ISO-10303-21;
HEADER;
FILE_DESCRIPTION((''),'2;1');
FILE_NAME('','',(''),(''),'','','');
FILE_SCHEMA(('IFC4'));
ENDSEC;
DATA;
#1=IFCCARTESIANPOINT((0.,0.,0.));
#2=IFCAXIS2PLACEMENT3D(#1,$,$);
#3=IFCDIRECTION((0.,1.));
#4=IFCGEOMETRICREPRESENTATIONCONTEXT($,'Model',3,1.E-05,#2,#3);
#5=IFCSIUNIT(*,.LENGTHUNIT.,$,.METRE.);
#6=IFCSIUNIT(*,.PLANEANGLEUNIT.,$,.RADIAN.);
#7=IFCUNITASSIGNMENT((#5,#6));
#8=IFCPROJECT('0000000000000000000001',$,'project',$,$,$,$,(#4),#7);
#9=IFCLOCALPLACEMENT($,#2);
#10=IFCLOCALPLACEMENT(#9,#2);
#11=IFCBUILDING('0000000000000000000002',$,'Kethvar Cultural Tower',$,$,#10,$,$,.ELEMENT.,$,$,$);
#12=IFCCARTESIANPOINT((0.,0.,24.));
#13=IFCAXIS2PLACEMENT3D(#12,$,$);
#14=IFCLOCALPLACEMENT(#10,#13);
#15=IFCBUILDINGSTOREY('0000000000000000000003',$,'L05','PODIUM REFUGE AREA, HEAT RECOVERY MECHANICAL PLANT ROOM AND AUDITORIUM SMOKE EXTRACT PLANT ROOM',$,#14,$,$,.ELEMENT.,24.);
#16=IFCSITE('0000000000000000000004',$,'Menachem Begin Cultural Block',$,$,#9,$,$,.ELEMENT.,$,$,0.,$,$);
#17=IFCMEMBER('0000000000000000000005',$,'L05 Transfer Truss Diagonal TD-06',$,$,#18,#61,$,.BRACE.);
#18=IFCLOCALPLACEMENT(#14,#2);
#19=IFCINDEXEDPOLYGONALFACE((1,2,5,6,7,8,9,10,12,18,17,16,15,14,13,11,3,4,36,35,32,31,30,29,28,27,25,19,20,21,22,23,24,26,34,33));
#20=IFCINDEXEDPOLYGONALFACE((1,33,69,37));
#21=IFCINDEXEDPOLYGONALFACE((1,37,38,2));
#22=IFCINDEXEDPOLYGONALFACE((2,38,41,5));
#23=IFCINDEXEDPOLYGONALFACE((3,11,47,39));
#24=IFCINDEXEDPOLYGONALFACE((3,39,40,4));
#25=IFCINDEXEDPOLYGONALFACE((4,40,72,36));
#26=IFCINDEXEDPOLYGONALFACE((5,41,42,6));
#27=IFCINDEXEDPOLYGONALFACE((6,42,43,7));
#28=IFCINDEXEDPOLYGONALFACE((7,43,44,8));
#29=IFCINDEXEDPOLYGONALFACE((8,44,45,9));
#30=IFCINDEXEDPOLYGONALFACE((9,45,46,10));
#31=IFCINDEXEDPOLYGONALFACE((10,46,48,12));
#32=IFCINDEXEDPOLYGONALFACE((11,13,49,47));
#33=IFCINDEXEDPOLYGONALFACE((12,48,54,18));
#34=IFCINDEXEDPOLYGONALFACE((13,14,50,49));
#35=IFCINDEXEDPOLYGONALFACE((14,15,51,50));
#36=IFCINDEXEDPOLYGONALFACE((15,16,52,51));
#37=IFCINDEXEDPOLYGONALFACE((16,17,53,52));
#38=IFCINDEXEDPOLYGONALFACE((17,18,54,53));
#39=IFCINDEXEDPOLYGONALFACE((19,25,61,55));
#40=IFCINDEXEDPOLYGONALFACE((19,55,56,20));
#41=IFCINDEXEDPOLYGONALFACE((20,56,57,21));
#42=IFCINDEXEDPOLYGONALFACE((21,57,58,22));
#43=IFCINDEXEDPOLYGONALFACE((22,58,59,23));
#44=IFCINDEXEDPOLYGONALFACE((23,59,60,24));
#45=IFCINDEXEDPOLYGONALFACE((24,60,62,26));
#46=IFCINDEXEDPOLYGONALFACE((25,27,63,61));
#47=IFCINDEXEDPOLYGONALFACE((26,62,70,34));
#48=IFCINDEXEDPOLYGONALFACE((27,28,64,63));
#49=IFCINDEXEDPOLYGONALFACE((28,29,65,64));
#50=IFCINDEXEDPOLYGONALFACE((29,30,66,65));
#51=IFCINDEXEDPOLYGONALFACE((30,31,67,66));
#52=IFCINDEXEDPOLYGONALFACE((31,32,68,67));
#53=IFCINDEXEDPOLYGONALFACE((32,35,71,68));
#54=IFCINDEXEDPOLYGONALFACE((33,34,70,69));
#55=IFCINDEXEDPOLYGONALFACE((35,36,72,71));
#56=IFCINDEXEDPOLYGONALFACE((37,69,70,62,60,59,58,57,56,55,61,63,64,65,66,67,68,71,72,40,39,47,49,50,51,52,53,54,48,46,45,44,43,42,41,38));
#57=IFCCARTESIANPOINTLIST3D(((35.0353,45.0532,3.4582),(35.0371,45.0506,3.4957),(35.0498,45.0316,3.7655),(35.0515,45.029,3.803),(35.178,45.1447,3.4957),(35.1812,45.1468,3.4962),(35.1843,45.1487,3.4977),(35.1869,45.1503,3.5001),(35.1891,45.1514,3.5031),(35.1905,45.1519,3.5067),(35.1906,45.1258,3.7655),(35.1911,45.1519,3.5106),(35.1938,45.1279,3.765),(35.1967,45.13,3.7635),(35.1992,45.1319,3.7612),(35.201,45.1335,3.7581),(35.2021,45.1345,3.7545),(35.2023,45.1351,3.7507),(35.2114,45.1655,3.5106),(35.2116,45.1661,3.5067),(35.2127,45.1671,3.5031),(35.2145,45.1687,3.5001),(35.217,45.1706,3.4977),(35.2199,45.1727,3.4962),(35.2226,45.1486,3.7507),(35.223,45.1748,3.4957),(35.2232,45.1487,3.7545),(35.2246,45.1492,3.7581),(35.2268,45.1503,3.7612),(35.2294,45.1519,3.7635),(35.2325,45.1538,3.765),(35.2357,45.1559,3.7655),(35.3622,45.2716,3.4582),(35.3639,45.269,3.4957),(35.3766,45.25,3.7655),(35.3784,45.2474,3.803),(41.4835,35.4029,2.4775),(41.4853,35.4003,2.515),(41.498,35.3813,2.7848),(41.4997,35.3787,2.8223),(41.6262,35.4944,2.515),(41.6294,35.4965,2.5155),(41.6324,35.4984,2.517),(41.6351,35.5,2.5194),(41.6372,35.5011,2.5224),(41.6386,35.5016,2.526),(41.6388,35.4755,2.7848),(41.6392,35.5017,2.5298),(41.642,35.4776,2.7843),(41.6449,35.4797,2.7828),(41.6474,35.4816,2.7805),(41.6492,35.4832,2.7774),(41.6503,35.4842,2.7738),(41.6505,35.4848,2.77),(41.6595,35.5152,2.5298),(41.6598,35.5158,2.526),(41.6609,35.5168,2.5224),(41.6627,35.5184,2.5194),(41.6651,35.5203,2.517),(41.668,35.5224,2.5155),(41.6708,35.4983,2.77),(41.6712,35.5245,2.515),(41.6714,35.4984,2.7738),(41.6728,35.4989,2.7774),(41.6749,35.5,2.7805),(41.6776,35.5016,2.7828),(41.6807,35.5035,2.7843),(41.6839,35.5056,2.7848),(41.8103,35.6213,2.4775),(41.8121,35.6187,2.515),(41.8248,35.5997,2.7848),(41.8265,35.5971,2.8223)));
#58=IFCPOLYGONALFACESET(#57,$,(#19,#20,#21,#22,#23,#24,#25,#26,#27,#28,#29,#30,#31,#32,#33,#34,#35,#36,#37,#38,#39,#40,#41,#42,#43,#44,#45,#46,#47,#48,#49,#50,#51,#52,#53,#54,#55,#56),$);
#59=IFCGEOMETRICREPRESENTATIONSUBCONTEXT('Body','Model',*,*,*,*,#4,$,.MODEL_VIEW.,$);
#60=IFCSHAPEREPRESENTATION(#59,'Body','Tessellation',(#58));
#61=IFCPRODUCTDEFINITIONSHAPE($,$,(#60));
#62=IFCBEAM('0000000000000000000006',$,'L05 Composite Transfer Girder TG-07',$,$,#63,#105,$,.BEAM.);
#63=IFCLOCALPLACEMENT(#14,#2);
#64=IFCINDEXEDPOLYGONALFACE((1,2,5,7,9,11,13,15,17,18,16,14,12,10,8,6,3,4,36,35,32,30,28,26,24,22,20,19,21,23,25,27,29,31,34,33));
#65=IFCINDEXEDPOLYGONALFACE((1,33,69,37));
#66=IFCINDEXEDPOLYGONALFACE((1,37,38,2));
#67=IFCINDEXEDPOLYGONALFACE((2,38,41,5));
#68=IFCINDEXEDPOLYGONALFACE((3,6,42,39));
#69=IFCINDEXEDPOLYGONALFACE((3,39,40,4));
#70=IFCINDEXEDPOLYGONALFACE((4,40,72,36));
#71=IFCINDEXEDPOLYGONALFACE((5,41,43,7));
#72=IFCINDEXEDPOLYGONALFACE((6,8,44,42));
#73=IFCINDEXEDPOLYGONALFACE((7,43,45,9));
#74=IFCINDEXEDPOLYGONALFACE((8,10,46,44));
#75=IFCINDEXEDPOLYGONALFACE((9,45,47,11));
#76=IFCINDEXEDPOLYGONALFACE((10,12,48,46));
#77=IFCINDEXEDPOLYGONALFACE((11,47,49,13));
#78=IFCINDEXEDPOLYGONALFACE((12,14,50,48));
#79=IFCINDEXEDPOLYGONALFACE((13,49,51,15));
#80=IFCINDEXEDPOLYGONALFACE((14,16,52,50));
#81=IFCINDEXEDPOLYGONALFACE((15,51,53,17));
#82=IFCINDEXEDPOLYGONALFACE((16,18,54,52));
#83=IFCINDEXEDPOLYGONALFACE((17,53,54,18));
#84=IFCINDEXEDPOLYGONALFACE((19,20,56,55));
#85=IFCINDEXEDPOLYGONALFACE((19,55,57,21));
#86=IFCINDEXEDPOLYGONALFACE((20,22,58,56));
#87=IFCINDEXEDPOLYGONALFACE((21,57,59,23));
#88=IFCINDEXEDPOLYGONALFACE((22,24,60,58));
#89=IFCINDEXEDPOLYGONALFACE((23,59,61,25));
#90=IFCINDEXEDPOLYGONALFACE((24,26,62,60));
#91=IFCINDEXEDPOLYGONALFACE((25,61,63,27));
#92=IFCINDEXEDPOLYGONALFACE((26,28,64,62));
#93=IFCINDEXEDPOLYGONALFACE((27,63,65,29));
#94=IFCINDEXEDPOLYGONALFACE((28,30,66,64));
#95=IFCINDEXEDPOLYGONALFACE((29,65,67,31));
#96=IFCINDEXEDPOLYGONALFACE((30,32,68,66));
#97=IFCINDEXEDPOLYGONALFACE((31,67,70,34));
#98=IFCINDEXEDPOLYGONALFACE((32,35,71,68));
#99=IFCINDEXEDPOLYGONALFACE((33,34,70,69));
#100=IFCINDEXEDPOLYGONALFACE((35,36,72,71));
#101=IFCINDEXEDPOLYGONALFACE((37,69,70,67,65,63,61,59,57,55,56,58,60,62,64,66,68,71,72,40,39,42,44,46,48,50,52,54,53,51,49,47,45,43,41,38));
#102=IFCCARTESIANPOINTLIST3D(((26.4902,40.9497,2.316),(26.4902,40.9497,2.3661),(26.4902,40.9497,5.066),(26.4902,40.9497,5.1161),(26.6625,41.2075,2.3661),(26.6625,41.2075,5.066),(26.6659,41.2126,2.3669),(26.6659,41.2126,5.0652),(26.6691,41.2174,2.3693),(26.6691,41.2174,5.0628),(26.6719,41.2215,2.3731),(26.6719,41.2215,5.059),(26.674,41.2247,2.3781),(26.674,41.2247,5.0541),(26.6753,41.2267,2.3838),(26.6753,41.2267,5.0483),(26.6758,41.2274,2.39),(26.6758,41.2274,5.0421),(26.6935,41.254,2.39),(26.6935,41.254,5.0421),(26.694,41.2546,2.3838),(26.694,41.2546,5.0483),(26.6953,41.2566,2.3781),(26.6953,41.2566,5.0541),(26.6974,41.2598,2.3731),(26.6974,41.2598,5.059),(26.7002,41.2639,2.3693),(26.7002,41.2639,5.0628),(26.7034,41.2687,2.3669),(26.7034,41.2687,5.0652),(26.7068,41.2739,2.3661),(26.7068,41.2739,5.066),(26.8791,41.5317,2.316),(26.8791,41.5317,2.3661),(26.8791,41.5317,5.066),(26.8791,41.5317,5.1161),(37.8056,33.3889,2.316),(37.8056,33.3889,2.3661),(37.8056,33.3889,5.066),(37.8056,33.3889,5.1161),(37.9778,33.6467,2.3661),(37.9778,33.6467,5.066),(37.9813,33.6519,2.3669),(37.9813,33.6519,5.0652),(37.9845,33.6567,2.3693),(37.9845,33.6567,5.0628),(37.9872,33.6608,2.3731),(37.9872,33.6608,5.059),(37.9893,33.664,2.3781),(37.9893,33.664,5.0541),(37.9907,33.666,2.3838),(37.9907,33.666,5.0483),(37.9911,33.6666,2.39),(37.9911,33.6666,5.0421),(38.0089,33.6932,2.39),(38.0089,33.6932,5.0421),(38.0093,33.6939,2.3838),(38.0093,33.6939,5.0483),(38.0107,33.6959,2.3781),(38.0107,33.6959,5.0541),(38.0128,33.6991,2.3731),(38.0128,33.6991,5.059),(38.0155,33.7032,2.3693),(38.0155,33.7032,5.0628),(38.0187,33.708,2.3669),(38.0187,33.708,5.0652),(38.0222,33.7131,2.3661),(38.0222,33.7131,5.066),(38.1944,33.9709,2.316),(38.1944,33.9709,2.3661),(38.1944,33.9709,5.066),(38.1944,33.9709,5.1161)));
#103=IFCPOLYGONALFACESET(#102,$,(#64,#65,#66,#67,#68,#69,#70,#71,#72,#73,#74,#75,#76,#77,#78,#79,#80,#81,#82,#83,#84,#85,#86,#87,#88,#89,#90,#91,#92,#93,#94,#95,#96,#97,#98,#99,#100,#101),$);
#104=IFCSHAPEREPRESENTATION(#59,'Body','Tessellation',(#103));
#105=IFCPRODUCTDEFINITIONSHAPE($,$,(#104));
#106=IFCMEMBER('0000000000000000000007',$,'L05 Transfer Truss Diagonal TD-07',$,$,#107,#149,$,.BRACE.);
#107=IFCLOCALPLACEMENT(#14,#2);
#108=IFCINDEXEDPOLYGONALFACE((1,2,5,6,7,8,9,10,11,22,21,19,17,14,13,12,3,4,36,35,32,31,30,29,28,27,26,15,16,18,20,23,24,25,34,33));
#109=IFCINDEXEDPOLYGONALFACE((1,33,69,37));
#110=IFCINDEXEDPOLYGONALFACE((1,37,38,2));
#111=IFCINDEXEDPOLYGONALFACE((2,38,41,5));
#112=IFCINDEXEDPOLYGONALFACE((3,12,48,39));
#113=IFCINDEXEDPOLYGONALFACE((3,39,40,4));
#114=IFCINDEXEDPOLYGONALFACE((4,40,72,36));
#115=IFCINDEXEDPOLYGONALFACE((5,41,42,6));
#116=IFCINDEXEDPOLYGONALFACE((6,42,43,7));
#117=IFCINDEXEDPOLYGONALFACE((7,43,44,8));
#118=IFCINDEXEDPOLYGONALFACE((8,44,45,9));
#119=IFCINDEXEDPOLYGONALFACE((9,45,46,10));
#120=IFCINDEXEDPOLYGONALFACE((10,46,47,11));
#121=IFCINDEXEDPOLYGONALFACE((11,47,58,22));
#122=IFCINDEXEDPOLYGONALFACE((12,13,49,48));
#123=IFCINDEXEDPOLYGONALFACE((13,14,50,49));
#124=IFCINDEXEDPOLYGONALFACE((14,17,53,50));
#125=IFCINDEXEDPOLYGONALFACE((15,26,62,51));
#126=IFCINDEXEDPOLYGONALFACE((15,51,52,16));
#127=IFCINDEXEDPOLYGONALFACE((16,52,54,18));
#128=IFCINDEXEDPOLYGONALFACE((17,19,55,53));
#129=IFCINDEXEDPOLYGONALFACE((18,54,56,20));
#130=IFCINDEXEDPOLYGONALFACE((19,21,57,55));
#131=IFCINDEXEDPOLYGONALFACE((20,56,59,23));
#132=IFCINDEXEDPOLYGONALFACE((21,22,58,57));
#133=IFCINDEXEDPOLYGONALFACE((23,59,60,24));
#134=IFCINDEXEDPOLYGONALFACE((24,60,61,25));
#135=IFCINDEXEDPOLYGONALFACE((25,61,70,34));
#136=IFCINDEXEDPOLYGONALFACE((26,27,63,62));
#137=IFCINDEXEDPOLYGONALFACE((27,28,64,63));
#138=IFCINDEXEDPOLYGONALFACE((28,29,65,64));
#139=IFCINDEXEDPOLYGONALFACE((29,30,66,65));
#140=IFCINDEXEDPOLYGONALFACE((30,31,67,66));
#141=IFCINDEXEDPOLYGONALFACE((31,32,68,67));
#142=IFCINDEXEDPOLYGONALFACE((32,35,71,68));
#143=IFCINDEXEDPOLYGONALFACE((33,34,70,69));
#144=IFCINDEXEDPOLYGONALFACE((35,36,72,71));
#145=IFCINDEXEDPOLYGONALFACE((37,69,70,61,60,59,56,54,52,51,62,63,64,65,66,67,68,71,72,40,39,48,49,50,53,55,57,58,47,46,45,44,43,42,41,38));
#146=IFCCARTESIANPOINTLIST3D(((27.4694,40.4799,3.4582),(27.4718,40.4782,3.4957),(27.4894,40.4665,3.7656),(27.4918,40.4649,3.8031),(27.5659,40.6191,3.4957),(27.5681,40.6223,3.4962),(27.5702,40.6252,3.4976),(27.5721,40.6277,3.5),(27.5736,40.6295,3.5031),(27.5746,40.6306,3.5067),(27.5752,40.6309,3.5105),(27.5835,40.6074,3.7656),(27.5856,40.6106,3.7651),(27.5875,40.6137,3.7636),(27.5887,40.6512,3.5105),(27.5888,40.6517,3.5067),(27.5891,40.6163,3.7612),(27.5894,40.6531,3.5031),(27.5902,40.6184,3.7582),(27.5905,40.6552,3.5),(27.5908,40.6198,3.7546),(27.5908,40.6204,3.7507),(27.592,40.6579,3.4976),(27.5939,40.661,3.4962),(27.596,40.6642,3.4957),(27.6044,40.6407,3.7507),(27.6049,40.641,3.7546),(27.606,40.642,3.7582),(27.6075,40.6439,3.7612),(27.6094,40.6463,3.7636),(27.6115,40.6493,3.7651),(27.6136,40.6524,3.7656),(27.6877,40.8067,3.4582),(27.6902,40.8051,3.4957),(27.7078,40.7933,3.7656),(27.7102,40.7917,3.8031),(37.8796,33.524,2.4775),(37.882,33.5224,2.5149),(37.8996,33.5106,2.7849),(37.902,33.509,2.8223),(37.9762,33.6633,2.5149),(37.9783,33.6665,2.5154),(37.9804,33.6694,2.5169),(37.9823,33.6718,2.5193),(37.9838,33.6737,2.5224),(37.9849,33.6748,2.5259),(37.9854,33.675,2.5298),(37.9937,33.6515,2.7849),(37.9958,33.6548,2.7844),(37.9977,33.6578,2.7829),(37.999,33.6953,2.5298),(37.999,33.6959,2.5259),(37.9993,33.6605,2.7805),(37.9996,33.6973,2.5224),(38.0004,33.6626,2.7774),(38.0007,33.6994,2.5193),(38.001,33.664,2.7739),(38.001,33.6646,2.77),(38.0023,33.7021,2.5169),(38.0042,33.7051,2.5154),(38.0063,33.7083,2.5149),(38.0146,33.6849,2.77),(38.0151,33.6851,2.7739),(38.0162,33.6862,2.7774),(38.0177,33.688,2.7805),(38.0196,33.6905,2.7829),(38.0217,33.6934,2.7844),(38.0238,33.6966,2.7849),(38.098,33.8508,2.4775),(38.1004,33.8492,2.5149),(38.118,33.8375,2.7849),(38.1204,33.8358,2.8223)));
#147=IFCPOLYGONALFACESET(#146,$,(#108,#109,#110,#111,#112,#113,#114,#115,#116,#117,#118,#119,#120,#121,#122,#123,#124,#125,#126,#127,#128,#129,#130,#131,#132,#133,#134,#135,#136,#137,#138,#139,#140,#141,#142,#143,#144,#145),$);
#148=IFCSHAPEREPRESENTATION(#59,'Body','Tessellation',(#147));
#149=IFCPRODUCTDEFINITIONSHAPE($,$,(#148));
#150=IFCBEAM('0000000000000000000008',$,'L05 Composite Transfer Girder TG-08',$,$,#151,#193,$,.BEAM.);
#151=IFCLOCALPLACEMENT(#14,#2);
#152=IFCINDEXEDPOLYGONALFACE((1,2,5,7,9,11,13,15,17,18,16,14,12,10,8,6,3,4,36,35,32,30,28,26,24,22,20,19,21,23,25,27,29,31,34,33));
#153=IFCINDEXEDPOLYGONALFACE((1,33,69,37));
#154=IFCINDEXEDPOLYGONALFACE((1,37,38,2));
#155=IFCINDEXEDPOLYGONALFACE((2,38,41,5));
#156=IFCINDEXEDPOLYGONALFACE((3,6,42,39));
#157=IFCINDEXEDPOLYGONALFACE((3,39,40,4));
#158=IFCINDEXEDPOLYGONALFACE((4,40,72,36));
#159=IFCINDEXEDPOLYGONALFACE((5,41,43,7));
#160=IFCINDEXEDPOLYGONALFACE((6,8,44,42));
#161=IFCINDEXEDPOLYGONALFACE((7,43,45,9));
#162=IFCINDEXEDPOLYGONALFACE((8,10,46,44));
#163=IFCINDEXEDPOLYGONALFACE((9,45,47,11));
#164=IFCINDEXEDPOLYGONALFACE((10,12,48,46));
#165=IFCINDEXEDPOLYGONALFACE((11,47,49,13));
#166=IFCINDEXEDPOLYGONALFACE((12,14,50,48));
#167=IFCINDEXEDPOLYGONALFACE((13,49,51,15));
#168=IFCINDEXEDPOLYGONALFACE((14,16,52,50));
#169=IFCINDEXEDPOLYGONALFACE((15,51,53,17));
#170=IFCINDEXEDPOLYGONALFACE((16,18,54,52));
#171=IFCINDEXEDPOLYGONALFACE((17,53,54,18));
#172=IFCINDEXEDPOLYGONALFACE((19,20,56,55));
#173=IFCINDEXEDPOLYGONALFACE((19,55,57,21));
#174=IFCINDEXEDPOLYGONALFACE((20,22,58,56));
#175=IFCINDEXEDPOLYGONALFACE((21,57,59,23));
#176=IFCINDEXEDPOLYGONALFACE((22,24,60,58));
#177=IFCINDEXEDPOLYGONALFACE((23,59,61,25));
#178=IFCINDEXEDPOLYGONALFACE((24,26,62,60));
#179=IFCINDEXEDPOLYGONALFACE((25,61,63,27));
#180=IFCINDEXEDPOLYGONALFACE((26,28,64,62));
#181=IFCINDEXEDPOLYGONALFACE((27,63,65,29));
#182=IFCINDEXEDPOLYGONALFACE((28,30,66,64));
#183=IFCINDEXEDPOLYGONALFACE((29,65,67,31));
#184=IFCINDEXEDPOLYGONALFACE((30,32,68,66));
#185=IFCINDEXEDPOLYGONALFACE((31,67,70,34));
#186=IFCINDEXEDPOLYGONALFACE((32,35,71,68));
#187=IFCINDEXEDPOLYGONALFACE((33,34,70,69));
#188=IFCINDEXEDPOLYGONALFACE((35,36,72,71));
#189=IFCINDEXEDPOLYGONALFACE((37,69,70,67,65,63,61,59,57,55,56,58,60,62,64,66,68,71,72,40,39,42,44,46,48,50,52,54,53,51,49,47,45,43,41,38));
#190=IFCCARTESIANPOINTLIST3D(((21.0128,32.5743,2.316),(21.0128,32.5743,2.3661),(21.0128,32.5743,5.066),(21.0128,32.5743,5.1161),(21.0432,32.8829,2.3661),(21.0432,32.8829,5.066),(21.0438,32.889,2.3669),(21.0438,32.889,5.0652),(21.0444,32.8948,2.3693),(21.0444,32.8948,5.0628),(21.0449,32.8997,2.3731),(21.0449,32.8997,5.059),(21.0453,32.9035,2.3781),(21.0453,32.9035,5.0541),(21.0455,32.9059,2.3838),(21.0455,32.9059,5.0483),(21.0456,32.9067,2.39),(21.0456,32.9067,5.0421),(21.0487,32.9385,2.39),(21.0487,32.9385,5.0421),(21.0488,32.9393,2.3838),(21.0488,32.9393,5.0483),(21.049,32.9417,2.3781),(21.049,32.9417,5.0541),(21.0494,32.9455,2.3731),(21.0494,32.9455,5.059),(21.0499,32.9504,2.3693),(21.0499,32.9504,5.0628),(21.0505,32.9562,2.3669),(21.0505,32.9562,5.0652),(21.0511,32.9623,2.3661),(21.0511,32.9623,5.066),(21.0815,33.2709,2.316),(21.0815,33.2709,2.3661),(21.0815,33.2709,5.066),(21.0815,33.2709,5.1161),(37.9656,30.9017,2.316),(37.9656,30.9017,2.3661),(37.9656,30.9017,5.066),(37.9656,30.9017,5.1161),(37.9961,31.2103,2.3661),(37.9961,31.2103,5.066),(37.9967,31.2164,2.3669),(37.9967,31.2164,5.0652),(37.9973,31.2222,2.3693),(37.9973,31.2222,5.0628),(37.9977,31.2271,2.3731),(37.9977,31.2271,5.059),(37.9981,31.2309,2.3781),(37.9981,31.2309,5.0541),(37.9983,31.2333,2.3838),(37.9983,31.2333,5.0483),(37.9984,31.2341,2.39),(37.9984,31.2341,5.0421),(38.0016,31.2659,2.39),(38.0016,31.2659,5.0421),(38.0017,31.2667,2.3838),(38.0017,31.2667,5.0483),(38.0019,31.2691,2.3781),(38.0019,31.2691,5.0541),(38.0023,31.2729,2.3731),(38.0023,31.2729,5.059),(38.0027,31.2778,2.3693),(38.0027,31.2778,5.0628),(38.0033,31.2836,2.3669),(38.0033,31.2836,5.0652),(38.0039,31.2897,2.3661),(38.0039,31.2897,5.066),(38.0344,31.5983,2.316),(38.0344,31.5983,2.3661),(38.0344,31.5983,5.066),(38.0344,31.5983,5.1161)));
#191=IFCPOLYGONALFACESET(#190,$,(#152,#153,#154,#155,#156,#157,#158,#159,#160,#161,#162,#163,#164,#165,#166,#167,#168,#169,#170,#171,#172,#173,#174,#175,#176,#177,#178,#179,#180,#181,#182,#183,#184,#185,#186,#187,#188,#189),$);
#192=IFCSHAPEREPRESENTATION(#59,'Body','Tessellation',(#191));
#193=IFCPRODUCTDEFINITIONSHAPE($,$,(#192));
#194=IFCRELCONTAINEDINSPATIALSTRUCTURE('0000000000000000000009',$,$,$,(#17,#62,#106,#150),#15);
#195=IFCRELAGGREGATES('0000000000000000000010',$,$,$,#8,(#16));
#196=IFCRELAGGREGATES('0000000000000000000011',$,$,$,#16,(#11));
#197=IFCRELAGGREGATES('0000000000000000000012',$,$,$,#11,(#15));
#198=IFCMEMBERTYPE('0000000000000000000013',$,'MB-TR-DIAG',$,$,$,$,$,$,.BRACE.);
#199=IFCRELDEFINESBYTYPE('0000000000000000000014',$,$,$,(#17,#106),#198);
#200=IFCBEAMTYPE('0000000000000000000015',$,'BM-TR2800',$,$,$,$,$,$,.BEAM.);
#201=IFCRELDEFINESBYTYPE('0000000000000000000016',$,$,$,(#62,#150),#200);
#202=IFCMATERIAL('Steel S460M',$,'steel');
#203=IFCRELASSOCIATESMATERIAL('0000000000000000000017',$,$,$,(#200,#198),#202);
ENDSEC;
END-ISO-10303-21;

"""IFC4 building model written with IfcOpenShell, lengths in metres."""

from ifc_helpers import new_model, si_unit, direction, frame, origin, origin_2d, place, context, subcontext, project, spatial, i_section, extrude, source, transform, mapped, material, material_profile, profile_set, type_object, element, save


model = new_model("IFC4")

# Units and contexts
model_context = context("Model", 3, precision=1e-05, world=origin(), true_north=direction((0.0, 1.0)))
body_context = subcontext(model_context, "Body", "Model", "MODEL_VIEW")
ifc_project = project(units=[si_unit("LENGTHUNIT", "METRE"), si_unit("PLANEANGLEUNIT", "RADIAN")], contexts=[model_context])

# Site, building, storey
site_placement = place(None, origin())
site = spatial("IfcSite", under=ifc_project, at=site_placement, Name="Menachem Begin Cultural Block", CompositionType="ELEMENT", RefElevation=0.0)
building_placement = place(site_placement, origin())
building = spatial("IfcBuilding", under=site, at=building_placement, Name="Kethvar Cultural Tower", CompositionType="ELEMENT")
storey_placement = place(building_placement, frame((0.0, 0.0, 24.0)))
storey = spatial("IfcBuildingStorey", under=building, at=storey_placement, Name="L05", Description="PODIUM REFUGE AREA, HEAT RECOVERY MECHANICAL PLANT ROOM AND AUDITORIUM SMOKE EXTRACT PLANT ROOM", CompositionType="ELEMENT", Elevation=24.0)

# Shared definitions
ifc_material_1 = material(Name="Steel S460M", Category="steel")

# Shared definitions
ifc_material_profile_1 = material_profile(ifc_material_1, i_section(OverallWidth=0.7, OverallDepth=2.8, WebThickness=0.032, FlangeThickness=0.05, FilletRadius=0.0239, at=origin_2d()), Name="Steel S460M — PG2800x700x50x32")
ifc_profile_set_1 = profile_set([ifc_material_profile_1], Name="Steel S460M — PG2800x700x50x32")
beam_type_1 = type_object("IfcBeamType", Name="BM-TR2800", PredefinedType="BEAM", material=ifc_profile_set_1)

# Member
ifc_material_profile_2 = material_profile(ifc_material_1, i_section(OverallWidth=0.3931, OverallDepth=0.3459, WebThickness=0.0244, FlangeThickness=0.0376, FilletRadius=0.0149, at=origin_2d()), Name="Steel S460M — HD400x509")
ifc_profile_set_2 = profile_set([ifc_material_profile_2], Name="Steel S460M — HD400x509")
member_type = type_object("IfcMemberType", Name="MB-TR-DIAG", PredefinedType="BRACE", material=ifc_profile_set_2)
shared_shape_1 = source(origin(), body_context, "Body", "SweptSolid", [
    extrude(i_section(OverallWidth=0.3931, OverallDepth=0.3459, WebThickness=0.0244, FlangeThickness=0.0376, FilletRadius=0.0149, at=origin_2d()), origin(), (0.0, 0.0, 1.0), 11.6477),
])
member_1_placement = place(storey_placement, frame((41.655, 35.5, 2.6499), z_axis=(-0.553601, 0.828515, 0.084197), x_axis=(-0.831467, -0.555574, 0.0)))
element("IfcMember", 1, at=member_1_placement, inside=storey, type_object=member_type, Name="L05 Transfer Truss Diagonal TD-06", PredefinedType="BRACE", context=body_context, shape_type="MappedRepresentation", body=[
    mapped(shared_shape_1, transform((0.0, 0.0, 0.0), scale=1.0)),
])

# Beam
shared_shape_2 = source(origin(), body_context, "Body", "SweptSolid", [
    extrude(i_section(OverallWidth=0.7, OverallDepth=2.8, WebThickness=0.032, FlangeThickness=0.05, FilletRadius=0.0239, at=origin_2d()), origin(), (0.0, 0.0, 1.0), 13.6089),
])
beam_1_placement = place(storey_placement, frame((38.0, 33.6799, 3.7161), z_axis=(-0.831467, 0.555573, 0.0), x_axis=(-0.555573, -0.831467, 0.0)))
element("IfcBeam", 2, at=beam_1_placement, inside=storey, type_object=beam_type_1, Name="L05 Composite Transfer Girder TG-07", PredefinedType="BEAM", context=body_context, shape_type="MappedRepresentation", body=[
    mapped(shared_shape_2, transform((0.0, 0.0, 0.0), scale=1.0)),
])

# Member
shared_shape_3 = source(origin(), body_context, "Body", "SweptSolid", [
    extrude(i_section(OverallWidth=0.3931, OverallDepth=0.3459, WebThickness=0.0244, FlangeThickness=0.0376, FilletRadius=0.0149, at=origin_2d()), origin(), (0.0, 0.0, 1.0), 12.5586),
])
member_2_placement = place(storey_placement, frame((38.0, 33.6799, 2.6499), z_axis=(-0.828932, 0.553872, 0.078091), x_axis=(-0.555568, -0.831471, 0.0)))
element("IfcMember", 3, at=member_2_placement, inside=storey, type_object=member_type, Name="L05 Transfer Truss Diagonal TD-07", PredefinedType="BRACE", context=body_context, shape_type="MappedRepresentation", body=[
    mapped(shared_shape_3, transform((0.0, 0.0, 0.0), scale=1.0)),
])

# Beam
shared_shape_4 = source(origin(), body_context, "Body", "SweptSolid", [
    extrude(i_section(OverallWidth=0.7, OverallDepth=2.8, WebThickness=0.032, FlangeThickness=0.05, FilletRadius=0.0239, at=origin_2d()), origin(), (0.0, 0.0, 1.0), 17.0352),
])
beam_2_placement = place(storey_placement, frame((38.0, 31.25, 3.7161), z_axis=(-0.995168, 0.098185, 0.0), x_axis=(-0.098185, -0.995168, 0.0)))
element("IfcBeam", 4, at=beam_2_placement, inside=storey, type_object=beam_type_1, Name="L05 Composite Transfer Girder TG-08", PredefinedType="BEAM", context=body_context, shape_type="MappedRepresentation", body=[
    mapped(shared_shape_4, transform((0.0, 0.0, 0.0), scale=1.0)),
])

save(model, "model.ifc")
